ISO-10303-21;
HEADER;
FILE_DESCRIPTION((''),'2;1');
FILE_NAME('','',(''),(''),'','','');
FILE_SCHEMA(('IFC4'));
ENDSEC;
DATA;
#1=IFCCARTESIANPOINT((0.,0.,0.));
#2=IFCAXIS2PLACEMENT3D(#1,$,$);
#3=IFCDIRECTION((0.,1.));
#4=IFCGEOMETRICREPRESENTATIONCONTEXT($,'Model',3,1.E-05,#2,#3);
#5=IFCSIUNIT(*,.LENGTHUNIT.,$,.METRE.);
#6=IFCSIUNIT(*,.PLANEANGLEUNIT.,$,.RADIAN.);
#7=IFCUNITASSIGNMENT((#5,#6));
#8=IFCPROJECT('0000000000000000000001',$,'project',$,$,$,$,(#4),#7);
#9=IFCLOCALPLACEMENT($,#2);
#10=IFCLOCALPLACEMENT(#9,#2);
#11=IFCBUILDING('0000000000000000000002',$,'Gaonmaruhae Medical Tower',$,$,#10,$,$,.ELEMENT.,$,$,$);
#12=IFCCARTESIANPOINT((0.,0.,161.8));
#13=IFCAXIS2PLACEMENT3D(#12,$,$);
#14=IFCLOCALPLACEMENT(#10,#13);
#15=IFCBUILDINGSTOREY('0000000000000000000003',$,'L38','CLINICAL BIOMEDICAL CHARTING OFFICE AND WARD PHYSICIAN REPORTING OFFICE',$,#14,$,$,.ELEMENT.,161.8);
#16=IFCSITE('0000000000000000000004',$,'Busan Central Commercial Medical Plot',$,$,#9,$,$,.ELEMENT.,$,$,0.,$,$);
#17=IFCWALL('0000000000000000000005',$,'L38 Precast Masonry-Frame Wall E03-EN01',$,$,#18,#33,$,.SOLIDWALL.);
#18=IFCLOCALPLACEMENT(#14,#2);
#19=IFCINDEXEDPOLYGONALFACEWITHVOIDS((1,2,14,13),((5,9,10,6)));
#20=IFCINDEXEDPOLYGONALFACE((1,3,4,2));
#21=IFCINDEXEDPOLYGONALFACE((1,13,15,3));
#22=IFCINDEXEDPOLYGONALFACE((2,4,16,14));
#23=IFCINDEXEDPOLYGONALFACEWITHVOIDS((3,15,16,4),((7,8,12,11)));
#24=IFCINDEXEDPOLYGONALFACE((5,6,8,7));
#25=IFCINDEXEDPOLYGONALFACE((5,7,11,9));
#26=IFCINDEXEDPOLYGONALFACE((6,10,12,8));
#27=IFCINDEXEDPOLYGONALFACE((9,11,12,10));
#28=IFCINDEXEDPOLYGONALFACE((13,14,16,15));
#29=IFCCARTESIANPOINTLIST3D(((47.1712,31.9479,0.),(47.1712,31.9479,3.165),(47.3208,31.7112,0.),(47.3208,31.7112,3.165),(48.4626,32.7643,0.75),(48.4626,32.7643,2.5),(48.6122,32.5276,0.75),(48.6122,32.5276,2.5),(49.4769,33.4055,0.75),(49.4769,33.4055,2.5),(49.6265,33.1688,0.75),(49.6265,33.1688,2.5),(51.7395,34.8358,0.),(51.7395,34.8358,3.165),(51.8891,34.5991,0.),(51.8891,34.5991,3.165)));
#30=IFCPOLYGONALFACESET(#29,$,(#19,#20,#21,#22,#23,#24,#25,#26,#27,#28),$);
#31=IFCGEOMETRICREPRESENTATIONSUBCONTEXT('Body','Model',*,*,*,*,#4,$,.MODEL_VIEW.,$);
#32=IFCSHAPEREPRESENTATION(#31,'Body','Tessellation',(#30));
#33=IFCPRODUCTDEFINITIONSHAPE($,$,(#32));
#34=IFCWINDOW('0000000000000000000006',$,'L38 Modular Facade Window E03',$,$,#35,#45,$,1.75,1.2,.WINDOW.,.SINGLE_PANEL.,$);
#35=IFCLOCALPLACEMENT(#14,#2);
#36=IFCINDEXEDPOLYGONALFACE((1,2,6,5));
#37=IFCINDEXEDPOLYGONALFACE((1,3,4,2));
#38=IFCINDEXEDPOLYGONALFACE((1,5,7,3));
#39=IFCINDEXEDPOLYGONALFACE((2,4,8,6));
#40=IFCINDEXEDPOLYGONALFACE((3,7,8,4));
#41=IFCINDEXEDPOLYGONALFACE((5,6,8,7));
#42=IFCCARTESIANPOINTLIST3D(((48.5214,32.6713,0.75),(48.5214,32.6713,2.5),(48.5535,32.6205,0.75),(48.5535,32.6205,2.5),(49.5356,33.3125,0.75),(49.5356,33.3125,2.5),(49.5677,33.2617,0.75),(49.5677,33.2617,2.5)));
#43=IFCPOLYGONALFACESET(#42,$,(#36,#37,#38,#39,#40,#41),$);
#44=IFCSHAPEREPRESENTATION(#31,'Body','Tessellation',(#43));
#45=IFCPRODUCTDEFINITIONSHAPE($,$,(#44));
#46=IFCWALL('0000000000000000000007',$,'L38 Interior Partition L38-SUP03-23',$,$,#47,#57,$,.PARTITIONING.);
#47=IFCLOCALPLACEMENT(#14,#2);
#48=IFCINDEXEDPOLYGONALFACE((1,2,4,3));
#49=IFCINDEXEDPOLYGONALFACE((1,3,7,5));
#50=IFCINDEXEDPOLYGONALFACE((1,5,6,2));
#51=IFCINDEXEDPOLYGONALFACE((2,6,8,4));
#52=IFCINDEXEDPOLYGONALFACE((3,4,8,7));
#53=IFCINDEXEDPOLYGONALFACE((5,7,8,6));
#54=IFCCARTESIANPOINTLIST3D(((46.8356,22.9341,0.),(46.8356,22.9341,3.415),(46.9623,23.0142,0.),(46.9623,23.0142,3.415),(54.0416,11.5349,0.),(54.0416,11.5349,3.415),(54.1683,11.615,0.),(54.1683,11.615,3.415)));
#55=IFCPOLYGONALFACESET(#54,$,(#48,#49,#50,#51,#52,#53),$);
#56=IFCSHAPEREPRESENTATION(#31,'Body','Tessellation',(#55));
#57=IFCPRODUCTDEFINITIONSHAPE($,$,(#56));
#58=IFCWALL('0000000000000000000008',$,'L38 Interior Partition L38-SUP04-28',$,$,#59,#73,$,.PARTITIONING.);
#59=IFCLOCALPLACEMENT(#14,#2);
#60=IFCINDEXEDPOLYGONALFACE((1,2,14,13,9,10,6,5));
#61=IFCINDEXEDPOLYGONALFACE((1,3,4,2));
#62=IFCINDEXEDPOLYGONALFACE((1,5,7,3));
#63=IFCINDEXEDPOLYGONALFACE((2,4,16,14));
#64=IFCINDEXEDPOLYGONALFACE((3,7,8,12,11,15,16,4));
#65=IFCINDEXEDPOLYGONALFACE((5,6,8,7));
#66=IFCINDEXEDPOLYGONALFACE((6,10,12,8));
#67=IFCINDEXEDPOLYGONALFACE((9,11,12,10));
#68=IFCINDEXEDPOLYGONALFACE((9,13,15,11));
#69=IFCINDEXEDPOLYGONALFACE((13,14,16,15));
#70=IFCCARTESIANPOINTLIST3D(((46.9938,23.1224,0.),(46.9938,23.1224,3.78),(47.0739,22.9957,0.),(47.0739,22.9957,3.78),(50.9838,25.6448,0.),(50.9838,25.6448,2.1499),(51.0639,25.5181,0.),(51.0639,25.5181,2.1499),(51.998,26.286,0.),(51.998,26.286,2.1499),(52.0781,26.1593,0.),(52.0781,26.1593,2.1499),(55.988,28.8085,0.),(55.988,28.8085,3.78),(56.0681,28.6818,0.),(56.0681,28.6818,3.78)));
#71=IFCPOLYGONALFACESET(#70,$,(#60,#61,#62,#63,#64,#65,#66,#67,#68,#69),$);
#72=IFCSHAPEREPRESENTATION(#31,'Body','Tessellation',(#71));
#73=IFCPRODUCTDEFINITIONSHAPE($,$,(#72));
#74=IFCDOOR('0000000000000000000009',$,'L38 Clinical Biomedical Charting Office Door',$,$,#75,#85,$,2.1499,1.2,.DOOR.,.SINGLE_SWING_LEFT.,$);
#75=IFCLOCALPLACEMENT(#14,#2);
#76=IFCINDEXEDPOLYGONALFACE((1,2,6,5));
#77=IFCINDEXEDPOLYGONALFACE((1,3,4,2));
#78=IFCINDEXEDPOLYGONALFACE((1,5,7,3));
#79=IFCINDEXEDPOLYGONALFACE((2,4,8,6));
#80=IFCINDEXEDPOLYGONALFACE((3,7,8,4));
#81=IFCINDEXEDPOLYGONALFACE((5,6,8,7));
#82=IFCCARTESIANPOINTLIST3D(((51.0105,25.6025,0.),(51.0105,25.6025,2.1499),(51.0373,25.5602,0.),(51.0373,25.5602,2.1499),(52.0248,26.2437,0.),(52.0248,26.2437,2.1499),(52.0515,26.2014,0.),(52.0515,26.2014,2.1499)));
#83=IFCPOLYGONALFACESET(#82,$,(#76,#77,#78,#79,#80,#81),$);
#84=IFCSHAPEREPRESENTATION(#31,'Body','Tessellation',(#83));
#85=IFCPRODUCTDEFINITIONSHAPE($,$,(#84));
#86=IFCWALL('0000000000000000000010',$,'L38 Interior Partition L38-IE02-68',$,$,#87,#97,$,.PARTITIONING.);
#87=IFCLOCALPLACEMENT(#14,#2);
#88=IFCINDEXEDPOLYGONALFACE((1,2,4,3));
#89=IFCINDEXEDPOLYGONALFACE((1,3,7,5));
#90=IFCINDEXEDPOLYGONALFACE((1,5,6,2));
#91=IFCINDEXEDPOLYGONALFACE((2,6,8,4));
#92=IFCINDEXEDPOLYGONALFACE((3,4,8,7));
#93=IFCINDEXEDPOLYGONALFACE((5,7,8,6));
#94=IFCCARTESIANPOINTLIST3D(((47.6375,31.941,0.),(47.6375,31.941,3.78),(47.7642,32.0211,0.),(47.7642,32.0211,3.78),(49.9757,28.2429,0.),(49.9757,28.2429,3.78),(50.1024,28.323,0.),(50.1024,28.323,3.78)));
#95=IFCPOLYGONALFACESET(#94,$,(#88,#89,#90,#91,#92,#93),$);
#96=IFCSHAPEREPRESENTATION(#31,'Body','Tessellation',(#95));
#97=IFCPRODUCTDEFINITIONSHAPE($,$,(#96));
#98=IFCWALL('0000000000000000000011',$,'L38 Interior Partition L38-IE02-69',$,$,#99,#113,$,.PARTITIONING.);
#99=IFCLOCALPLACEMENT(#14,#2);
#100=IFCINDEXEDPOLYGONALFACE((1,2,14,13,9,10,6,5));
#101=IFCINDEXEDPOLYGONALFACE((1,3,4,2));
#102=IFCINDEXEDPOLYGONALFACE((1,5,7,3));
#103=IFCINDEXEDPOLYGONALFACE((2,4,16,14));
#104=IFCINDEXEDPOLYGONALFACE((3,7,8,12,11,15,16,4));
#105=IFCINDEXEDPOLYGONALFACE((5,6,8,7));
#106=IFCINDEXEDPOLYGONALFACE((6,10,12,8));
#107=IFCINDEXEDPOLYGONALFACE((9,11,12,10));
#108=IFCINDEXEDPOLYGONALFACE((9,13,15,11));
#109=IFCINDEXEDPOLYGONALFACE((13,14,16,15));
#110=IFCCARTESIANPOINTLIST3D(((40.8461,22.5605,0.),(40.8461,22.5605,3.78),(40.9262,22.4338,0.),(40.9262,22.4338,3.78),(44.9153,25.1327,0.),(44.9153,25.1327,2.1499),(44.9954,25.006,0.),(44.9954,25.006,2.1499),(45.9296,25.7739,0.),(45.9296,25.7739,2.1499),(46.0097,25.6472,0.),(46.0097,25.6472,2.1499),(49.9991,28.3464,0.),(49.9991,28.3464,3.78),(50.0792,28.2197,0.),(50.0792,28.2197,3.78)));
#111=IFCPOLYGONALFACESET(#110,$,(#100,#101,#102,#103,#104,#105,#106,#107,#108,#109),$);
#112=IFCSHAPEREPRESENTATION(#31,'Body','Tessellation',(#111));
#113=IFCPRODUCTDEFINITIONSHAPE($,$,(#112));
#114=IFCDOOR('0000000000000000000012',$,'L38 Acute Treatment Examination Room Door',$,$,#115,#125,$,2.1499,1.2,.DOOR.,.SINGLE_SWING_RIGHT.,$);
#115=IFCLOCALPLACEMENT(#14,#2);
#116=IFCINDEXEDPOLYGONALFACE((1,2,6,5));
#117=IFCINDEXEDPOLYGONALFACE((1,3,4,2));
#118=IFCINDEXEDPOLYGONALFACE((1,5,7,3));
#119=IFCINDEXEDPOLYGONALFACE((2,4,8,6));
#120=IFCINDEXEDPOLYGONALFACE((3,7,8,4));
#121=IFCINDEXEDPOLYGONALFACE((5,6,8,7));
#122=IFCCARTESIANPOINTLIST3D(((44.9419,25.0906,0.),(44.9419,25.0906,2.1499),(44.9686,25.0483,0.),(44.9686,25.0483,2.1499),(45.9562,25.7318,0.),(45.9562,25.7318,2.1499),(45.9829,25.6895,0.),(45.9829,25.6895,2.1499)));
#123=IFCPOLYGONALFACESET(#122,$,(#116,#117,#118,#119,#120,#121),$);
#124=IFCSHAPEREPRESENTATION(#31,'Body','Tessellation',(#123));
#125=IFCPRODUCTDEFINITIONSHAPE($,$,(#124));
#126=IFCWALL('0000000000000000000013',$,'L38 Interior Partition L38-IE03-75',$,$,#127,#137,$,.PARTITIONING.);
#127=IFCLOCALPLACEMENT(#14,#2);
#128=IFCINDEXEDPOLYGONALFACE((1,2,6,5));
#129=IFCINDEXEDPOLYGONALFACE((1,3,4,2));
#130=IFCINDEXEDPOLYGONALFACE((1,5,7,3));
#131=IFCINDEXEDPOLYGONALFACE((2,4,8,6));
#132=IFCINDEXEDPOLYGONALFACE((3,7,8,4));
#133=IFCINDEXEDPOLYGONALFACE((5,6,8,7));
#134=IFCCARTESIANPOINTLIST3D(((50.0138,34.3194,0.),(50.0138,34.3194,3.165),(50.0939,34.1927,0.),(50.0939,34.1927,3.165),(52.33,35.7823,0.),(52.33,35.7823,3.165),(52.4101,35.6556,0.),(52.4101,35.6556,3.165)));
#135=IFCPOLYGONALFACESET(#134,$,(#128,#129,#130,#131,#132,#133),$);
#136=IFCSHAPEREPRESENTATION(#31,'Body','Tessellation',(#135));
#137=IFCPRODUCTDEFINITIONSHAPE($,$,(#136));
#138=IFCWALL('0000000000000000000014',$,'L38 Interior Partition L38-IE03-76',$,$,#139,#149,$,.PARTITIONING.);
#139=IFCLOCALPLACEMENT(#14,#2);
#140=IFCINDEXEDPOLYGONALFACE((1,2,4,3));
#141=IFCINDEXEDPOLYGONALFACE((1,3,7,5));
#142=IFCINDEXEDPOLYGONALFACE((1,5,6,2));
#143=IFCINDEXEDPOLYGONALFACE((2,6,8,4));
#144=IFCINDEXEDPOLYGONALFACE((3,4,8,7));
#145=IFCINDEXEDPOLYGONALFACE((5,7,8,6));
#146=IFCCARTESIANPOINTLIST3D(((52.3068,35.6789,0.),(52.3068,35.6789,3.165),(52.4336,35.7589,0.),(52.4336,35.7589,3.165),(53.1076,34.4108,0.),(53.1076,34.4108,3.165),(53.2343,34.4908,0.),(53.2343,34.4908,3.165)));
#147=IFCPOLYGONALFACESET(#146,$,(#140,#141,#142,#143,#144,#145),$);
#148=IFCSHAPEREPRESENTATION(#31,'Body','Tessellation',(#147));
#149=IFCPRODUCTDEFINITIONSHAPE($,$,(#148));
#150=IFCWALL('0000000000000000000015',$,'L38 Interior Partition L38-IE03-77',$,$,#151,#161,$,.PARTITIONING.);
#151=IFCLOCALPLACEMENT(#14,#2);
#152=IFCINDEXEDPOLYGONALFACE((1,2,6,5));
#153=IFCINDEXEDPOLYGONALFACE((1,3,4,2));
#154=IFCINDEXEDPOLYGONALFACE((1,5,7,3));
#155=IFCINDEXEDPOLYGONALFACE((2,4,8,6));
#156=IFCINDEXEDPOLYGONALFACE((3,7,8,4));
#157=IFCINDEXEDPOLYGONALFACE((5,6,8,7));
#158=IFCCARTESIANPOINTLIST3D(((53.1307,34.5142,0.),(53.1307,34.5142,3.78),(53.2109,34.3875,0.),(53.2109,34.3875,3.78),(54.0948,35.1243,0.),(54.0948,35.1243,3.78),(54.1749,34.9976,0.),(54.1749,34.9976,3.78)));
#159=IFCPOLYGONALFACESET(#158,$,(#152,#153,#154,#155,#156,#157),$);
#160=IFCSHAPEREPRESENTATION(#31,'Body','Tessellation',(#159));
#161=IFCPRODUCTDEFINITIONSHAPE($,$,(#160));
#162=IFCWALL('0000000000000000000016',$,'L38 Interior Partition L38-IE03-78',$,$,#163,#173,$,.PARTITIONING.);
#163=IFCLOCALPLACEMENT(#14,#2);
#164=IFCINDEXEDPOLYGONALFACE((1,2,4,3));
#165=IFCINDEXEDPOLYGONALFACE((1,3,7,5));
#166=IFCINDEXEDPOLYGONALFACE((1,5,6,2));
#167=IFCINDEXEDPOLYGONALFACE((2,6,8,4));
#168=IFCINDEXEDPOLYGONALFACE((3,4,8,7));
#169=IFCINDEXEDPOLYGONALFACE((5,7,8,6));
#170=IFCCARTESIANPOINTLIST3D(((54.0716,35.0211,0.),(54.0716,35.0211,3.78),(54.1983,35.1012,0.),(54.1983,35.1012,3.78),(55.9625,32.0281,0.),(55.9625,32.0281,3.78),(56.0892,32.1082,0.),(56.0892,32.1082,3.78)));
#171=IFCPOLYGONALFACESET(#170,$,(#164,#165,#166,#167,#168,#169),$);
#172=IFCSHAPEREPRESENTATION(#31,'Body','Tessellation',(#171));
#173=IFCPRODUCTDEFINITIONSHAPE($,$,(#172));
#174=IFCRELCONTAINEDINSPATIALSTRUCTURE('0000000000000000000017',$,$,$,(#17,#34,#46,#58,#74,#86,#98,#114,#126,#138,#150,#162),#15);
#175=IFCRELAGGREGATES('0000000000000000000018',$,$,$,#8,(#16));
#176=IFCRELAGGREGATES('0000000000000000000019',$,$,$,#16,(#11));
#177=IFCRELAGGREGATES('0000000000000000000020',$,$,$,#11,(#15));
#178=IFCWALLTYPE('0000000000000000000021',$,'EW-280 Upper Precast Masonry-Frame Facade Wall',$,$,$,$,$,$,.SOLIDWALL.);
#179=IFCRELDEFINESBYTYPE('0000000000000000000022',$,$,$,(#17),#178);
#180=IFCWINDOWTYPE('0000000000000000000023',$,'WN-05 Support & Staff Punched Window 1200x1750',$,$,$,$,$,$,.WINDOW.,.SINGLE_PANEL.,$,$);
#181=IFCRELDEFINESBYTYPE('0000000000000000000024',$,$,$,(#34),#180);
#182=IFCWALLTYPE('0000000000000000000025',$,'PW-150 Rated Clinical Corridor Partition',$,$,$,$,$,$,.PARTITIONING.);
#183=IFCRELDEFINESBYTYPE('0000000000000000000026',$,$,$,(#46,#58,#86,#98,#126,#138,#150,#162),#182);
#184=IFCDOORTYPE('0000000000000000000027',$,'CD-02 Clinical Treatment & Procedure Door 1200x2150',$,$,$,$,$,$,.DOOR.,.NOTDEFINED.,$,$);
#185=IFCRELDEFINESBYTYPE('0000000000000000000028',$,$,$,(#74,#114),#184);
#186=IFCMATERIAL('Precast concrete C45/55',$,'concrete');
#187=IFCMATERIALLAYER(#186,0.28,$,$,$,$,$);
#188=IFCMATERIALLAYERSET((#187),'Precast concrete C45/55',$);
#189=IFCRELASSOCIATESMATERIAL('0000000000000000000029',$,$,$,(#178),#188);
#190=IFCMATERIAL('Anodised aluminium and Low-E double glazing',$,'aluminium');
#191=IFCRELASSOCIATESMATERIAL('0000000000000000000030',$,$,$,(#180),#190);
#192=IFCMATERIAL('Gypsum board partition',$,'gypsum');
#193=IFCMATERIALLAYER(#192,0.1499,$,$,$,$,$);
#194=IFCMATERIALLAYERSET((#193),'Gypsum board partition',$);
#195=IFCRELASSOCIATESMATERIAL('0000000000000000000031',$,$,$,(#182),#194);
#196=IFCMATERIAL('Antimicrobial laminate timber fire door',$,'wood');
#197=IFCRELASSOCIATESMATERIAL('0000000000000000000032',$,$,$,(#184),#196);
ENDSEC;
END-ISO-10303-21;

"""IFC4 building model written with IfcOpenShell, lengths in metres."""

from ifc_helpers import new_model, si_unit, direction, frame, frame_2d, origin, place, context, subcontext, project, spatial, rectangle, extrude, material, layer, layer_set, type_object, element, fill, save


model = new_model("IFC4")

# Units and contexts
model_context = context("Model", 3, precision=1e-05, world=origin(), true_north=direction((0.0, 1.0)))
body_context = subcontext(model_context, "Body", "Model", "MODEL_VIEW")
ifc_project = project(units=[si_unit("LENGTHUNIT", "METRE"), si_unit("PLANEANGLEUNIT", "RADIAN")], contexts=[model_context])

# Site, building, storey
site_placement = place(None, origin())
site = spatial("IfcSite", under=ifc_project, at=site_placement, Name="Busan Central Commercial Medical Plot", CompositionType="ELEMENT", RefElevation=0.0)
building_placement = place(site_placement, origin())
building = spatial("IfcBuilding", under=site, at=building_placement, Name="Gaonmaruhae Medical Tower", CompositionType="ELEMENT")
storey_placement = place(building_placement, frame((0.0, 0.0, 161.8)))
storey = spatial("IfcBuildingStorey", under=building, at=storey_placement, Name="L38", Description="CLINICAL BIOMEDICAL CHARTING OFFICE AND WARD PHYSICIAN REPORTING OFFICE", CompositionType="ELEMENT", Elevation=161.8)

# Shared definitions
ifc_material_1 = material(Name="Precast concrete C45/55", Category="concrete")
ifc_layer_1 = layer(ifc_material_1, 0.28)
ifc_layer_set_1 = layer_set([ifc_layer_1], Name="Precast concrete C45/55")
wall_type_1 = type_object("IfcWallType", Name="EW-280 Upper Precast Masonry-Frame Facade Wall", PredefinedType="SOLIDWALL", material=ifc_layer_set_1)

# Wall, opening, window
wall_1_placement = place(storey_placement, frame((47.2461, 31.8296, 0.0), z_axis=(0.0, 0.0, 1.0), x_axis=(0.845267, 0.534345, 0.0)))
wall_1 = element("IfcWall", 1, at=wall_1_placement, inside=storey, type_object=wall_type_1, Name="L38 Precast Masonry-Frame Wall E03-EN01", PredefinedType="SOLIDWALL", context=body_context, shape_type="SweptSolid", body=[
    extrude(rectangle(XDim=5.4045, YDim=0.28, at=frame_2d((2.7021, 0.0))), origin(), (0.0, 0.0, 1.0), 3.165),
])
opening_1_placement = place(wall_1_placement, frame((1.5276, 0.0, 0.75)))
opening_1 = element("IfcOpeningElement", 2, at=opening_1_placement, cuts=wall_1, PredefinedType="OPENING", context=body_context, shape_type="SweptSolid", body=[
    extrude(rectangle(XDim=1.2, YDim=1.75, at=frame_2d((0.6001, 0.875))), frame((0.0, 0.1499, 0.0), z_axis=(0.0, -1.0, 0.0), x_axis=(1.0, 0.0, 0.0)), (0.0, 0.0, 1.0), 0.3),
])
ifc_material_2 = material(Name="Anodised aluminium and Low-E double glazing", Category="aluminium")
window_type = type_object("IfcWindowType", Name="WN-05 Support & Staff Punched Window 1200x1750", PartitioningType="SINGLE_PANEL", PredefinedType="WINDOW", material=ifc_material_2)
window_placement = place(opening_1_placement, origin())
window = element("IfcWindow", 3, at=window_placement, inside=storey, type_object=window_type, Name="L38 Modular Facade Window E03", OverallHeight=1.75, OverallWidth=1.2, PartitioningType="SINGLE_PANEL", PredefinedType="WINDOW", context=body_context, shape_type="SweptSolid", body=[
    extrude(rectangle(XDim=1.2, YDim=1.75, at=frame_2d((0.6001, 0.875))), frame((0.0, 0.03, 0.0), z_axis=(0.0, -1.0, 0.0), x_axis=(1.0, 0.0, 0.0)), (0.0, 0.0, 1.0), 0.0601),
])
fill(opening_1, window)

# Wall
ifc_material_3 = material(Name="Gypsum board partition", Category="gypsum")
ifc_layer_2 = layer(ifc_material_3, 0.1499)
ifc_layer_set_2 = layer_set([ifc_layer_2], Name="Gypsum board partition")
wall_type_2 = type_object("IfcWallType", Name="PW-150 Rated Clinical Corridor Partition", PredefinedType="PARTITIONING", material=ifc_layer_set_2)
wall_2_placement = place(storey_placement, frame((46.8989, 22.9741, 0.0), z_axis=(0.0, 0.0, 1.0), x_axis=(0.534342, -0.845269, 0.0)))
element("IfcWall", 4, at=wall_2_placement, inside=storey, type_object=wall_type_2, Name="L38 Interior Partition L38-SUP03-23", PredefinedType="PARTITIONING", context=body_context, shape_type="SweptSolid", body=[
    extrude(rectangle(XDim=13.4858, YDim=0.1499, at=frame_2d((6.7429, 0.0))), origin(), (0.0, 0.0, 1.0), 3.415),
])

# Wall, opening, door
wall_3_placement = place(storey_placement, frame((47.0339, 23.0591, 0.0), z_axis=(0.0, 0.0, 1.0), x_axis=(0.845254, 0.534364, 0.0)))
wall_3 = element("IfcWall", 5, at=wall_3_placement, inside=storey, type_object=wall_type_2, Name="L38 Interior Partition L38-SUP04-28", PredefinedType="PARTITIONING", context=body_context, shape_type="SweptSolid", body=[
    extrude(rectangle(XDim=10.6409, YDim=0.1499, at=frame_2d((5.3203, 0.0))), origin(), (0.0, 0.0, 1.0), 3.78),
])
opening_2_placement = place(wall_3_placement, frame((4.7202, 0.0, 0.0)))
opening_2 = element("IfcOpeningElement", 6, at=opening_2_placement, cuts=wall_3, PredefinedType="OPENING", context=body_context, shape_type="SweptSolid", body=[
    extrude(rectangle(XDim=1.2, YDim=2.1499, at=frame_2d((0.6001, 1.075))), frame((0.0, 0.085, 0.0), z_axis=(0.0, -1.0, 0.0), x_axis=(1.0, 0.0, 0.0)), (0.0, 0.0, 1.0), 0.1699),
])
ifc_material_4 = material(Name="Antimicrobial laminate timber fire door", Category="wood")
door_type = type_object("IfcDoorType", Name="CD-02 Clinical Treatment & Procedure Door 1200x2150", OperationType="NOTDEFINED", PredefinedType="DOOR", material=ifc_material_4)
door_1_placement = place(opening_2_placement, origin())
door_1 = element("IfcDoor", 7, at=door_1_placement, inside=storey, type_object=door_type, Name="L38 Clinical Biomedical Charting Office Door", OperationType="SINGLE_SWING_LEFT", OverallHeight=2.1499, OverallWidth=1.2, PredefinedType="DOOR", context=body_context, shape_type="SweptSolid", body=[
    extrude(rectangle(XDim=1.2, YDim=2.1499, at=frame_2d((0.6001, 1.075))), frame((0.0, 0.0249, 0.0), z_axis=(0.0, -1.0, 0.0), x_axis=(1.0, 0.0, 0.0)), (0.0, 0.0, 1.0), 0.05),
])
fill(opening_2, door_1)

# Wall
wall_4_placement = place(storey_placement, frame((47.7009, 31.981, 0.0), z_axis=(0.0, 0.0, 1.0), x_axis=(0.534411, -0.845225, 0.0)))
element("IfcWall", 8, at=wall_4_placement, inside=storey, type_object=wall_type_2, Name="L38 Interior Partition L38-IE02-68", PredefinedType="PARTITIONING", context=body_context, shape_type="SweptSolid", body=[
    extrude(rectangle(XDim=4.3752, YDim=0.1499, at=frame_2d((2.1875, 0.0))), origin(), (0.0, 0.0, 1.0), 3.78),
])

# Wall, opening, door
wall_5_placement = place(storey_placement, frame((50.0391, 28.283, 0.0), z_axis=(0.0, 0.0, 1.0), x_axis=(-0.84528, -0.534323, 0.0)))
wall_5 = element("IfcWall", 9, at=wall_5_placement, inside=storey, type_object=wall_type_2, Name="L38 Interior Partition L38-IE02-69", PredefinedType="PARTITIONING", context=body_context, shape_type="SweptSolid", body=[
    extrude(rectangle(XDim=10.8284, YDim=0.1499, at=frame_2d((5.4141, 0.0))), origin(), (0.0, 0.0, 1.0), 3.78),
])
opening_3_placement = place(wall_5_placement, frame((4.8142, 0.0, 0.0)))
opening_3 = element("IfcOpeningElement", 10, at=opening_3_placement, cuts=wall_5, PredefinedType="OPENING", context=body_context, shape_type="SweptSolid", body=[
    extrude(rectangle(XDim=1.2, YDim=2.1499, at=frame_2d((0.6001, 1.075))), frame((0.0, 0.085, 0.0), z_axis=(0.0, -1.0, 0.0), x_axis=(1.0, 0.0, 0.0)), (0.0, 0.0, 1.0), 0.1699),
])
door_2_placement = place(opening_3_placement, origin())
door_2 = element("IfcDoor", 11, at=door_2_placement, inside=storey, type_object=door_type, Name="L38 Acute Treatment Examination Room Door", OperationType="SINGLE_SWING_RIGHT", OverallHeight=2.1499, OverallWidth=1.2, PredefinedType="DOOR", context=body_context, shape_type="SweptSolid", body=[
    extrude(rectangle(XDim=1.2, YDim=2.1499, at=frame_2d((0.6001, 1.075))), frame((0.0, 0.0249, 0.0), z_axis=(0.0, -1.0, 0.0), x_axis=(1.0, 0.0, 0.0)), (0.0, 0.0, 1.0), 0.05),
])
fill(opening_3, door_2)

# Walls
wall_6_placement = place(storey_placement, frame((50.054, 34.2561, 0.0), z_axis=(0.0, 0.0, 1.0), x_axis=(0.84548, 0.534006, 0.0)))
element("IfcWall", 12, at=wall_6_placement, inside=storey, type_object=wall_type_2, Name="L38 Interior Partition L38-IE03-75", PredefinedType="PARTITIONING", context=body_context, shape_type="SweptSolid", body=[
    extrude(rectangle(XDim=2.7395, YDim=0.1499, at=frame_2d((1.3696, 0.0))), origin(), (0.0, 0.0, 1.0), 3.165),
])
wall_7_placement = place(storey_placement, frame((52.3701, 35.719, 0.0), z_axis=(0.0, 0.0, 1.0), x_axis=(0.533944, -0.84552, 0.0)))
element("IfcWall", 13, at=wall_7_placement, inside=storey, type_object=wall_type_2, Name="L38 Interior Partition L38-IE03-76", PredefinedType="PARTITIONING", context=body_context, shape_type="SweptSolid", body=[
    extrude(rectangle(XDim=1.4998, YDim=0.1499, at=frame_2d((0.75, 0.0))), origin(), (0.0, 0.0, 1.0), 3.165),
])
wall_8_placement = place(storey_placement, frame((53.1709, 34.4509, 0.0), z_axis=(0.0, 0.0, 1.0), x_axis=(0.845016, 0.534742, 0.0)))
element("IfcWall", 14, at=wall_8_placement, inside=storey, type_object=wall_type_2, Name="L38 Interior Partition L38-IE03-77", PredefinedType="PARTITIONING", context=body_context, shape_type="SweptSolid", body=[
    extrude(rectangle(XDim=1.1409, YDim=0.1499, at=frame_2d((0.5703, 0.0))), origin(), (0.0, 0.0, 1.0), 3.78),
])
wall_9_placement = place(storey_placement, frame((54.135, 35.061, 0.0), z_axis=(0.0, 0.0, 1.0), x_axis=(0.534115, -0.845412, 0.0)))
element("IfcWall", 15, at=wall_9_placement, inside=storey, type_object=wall_type_2, Name="L38 Interior Partition L38-IE03-78", PredefinedType="PARTITIONING", context=body_context, shape_type="SweptSolid", body=[
    extrude(rectangle(XDim=3.5403, YDim=0.1499, at=frame_2d((1.77, 0.0))), origin(), (0.0, 0.0, 1.0), 3.78),
])

save(model, "model.ifc")
